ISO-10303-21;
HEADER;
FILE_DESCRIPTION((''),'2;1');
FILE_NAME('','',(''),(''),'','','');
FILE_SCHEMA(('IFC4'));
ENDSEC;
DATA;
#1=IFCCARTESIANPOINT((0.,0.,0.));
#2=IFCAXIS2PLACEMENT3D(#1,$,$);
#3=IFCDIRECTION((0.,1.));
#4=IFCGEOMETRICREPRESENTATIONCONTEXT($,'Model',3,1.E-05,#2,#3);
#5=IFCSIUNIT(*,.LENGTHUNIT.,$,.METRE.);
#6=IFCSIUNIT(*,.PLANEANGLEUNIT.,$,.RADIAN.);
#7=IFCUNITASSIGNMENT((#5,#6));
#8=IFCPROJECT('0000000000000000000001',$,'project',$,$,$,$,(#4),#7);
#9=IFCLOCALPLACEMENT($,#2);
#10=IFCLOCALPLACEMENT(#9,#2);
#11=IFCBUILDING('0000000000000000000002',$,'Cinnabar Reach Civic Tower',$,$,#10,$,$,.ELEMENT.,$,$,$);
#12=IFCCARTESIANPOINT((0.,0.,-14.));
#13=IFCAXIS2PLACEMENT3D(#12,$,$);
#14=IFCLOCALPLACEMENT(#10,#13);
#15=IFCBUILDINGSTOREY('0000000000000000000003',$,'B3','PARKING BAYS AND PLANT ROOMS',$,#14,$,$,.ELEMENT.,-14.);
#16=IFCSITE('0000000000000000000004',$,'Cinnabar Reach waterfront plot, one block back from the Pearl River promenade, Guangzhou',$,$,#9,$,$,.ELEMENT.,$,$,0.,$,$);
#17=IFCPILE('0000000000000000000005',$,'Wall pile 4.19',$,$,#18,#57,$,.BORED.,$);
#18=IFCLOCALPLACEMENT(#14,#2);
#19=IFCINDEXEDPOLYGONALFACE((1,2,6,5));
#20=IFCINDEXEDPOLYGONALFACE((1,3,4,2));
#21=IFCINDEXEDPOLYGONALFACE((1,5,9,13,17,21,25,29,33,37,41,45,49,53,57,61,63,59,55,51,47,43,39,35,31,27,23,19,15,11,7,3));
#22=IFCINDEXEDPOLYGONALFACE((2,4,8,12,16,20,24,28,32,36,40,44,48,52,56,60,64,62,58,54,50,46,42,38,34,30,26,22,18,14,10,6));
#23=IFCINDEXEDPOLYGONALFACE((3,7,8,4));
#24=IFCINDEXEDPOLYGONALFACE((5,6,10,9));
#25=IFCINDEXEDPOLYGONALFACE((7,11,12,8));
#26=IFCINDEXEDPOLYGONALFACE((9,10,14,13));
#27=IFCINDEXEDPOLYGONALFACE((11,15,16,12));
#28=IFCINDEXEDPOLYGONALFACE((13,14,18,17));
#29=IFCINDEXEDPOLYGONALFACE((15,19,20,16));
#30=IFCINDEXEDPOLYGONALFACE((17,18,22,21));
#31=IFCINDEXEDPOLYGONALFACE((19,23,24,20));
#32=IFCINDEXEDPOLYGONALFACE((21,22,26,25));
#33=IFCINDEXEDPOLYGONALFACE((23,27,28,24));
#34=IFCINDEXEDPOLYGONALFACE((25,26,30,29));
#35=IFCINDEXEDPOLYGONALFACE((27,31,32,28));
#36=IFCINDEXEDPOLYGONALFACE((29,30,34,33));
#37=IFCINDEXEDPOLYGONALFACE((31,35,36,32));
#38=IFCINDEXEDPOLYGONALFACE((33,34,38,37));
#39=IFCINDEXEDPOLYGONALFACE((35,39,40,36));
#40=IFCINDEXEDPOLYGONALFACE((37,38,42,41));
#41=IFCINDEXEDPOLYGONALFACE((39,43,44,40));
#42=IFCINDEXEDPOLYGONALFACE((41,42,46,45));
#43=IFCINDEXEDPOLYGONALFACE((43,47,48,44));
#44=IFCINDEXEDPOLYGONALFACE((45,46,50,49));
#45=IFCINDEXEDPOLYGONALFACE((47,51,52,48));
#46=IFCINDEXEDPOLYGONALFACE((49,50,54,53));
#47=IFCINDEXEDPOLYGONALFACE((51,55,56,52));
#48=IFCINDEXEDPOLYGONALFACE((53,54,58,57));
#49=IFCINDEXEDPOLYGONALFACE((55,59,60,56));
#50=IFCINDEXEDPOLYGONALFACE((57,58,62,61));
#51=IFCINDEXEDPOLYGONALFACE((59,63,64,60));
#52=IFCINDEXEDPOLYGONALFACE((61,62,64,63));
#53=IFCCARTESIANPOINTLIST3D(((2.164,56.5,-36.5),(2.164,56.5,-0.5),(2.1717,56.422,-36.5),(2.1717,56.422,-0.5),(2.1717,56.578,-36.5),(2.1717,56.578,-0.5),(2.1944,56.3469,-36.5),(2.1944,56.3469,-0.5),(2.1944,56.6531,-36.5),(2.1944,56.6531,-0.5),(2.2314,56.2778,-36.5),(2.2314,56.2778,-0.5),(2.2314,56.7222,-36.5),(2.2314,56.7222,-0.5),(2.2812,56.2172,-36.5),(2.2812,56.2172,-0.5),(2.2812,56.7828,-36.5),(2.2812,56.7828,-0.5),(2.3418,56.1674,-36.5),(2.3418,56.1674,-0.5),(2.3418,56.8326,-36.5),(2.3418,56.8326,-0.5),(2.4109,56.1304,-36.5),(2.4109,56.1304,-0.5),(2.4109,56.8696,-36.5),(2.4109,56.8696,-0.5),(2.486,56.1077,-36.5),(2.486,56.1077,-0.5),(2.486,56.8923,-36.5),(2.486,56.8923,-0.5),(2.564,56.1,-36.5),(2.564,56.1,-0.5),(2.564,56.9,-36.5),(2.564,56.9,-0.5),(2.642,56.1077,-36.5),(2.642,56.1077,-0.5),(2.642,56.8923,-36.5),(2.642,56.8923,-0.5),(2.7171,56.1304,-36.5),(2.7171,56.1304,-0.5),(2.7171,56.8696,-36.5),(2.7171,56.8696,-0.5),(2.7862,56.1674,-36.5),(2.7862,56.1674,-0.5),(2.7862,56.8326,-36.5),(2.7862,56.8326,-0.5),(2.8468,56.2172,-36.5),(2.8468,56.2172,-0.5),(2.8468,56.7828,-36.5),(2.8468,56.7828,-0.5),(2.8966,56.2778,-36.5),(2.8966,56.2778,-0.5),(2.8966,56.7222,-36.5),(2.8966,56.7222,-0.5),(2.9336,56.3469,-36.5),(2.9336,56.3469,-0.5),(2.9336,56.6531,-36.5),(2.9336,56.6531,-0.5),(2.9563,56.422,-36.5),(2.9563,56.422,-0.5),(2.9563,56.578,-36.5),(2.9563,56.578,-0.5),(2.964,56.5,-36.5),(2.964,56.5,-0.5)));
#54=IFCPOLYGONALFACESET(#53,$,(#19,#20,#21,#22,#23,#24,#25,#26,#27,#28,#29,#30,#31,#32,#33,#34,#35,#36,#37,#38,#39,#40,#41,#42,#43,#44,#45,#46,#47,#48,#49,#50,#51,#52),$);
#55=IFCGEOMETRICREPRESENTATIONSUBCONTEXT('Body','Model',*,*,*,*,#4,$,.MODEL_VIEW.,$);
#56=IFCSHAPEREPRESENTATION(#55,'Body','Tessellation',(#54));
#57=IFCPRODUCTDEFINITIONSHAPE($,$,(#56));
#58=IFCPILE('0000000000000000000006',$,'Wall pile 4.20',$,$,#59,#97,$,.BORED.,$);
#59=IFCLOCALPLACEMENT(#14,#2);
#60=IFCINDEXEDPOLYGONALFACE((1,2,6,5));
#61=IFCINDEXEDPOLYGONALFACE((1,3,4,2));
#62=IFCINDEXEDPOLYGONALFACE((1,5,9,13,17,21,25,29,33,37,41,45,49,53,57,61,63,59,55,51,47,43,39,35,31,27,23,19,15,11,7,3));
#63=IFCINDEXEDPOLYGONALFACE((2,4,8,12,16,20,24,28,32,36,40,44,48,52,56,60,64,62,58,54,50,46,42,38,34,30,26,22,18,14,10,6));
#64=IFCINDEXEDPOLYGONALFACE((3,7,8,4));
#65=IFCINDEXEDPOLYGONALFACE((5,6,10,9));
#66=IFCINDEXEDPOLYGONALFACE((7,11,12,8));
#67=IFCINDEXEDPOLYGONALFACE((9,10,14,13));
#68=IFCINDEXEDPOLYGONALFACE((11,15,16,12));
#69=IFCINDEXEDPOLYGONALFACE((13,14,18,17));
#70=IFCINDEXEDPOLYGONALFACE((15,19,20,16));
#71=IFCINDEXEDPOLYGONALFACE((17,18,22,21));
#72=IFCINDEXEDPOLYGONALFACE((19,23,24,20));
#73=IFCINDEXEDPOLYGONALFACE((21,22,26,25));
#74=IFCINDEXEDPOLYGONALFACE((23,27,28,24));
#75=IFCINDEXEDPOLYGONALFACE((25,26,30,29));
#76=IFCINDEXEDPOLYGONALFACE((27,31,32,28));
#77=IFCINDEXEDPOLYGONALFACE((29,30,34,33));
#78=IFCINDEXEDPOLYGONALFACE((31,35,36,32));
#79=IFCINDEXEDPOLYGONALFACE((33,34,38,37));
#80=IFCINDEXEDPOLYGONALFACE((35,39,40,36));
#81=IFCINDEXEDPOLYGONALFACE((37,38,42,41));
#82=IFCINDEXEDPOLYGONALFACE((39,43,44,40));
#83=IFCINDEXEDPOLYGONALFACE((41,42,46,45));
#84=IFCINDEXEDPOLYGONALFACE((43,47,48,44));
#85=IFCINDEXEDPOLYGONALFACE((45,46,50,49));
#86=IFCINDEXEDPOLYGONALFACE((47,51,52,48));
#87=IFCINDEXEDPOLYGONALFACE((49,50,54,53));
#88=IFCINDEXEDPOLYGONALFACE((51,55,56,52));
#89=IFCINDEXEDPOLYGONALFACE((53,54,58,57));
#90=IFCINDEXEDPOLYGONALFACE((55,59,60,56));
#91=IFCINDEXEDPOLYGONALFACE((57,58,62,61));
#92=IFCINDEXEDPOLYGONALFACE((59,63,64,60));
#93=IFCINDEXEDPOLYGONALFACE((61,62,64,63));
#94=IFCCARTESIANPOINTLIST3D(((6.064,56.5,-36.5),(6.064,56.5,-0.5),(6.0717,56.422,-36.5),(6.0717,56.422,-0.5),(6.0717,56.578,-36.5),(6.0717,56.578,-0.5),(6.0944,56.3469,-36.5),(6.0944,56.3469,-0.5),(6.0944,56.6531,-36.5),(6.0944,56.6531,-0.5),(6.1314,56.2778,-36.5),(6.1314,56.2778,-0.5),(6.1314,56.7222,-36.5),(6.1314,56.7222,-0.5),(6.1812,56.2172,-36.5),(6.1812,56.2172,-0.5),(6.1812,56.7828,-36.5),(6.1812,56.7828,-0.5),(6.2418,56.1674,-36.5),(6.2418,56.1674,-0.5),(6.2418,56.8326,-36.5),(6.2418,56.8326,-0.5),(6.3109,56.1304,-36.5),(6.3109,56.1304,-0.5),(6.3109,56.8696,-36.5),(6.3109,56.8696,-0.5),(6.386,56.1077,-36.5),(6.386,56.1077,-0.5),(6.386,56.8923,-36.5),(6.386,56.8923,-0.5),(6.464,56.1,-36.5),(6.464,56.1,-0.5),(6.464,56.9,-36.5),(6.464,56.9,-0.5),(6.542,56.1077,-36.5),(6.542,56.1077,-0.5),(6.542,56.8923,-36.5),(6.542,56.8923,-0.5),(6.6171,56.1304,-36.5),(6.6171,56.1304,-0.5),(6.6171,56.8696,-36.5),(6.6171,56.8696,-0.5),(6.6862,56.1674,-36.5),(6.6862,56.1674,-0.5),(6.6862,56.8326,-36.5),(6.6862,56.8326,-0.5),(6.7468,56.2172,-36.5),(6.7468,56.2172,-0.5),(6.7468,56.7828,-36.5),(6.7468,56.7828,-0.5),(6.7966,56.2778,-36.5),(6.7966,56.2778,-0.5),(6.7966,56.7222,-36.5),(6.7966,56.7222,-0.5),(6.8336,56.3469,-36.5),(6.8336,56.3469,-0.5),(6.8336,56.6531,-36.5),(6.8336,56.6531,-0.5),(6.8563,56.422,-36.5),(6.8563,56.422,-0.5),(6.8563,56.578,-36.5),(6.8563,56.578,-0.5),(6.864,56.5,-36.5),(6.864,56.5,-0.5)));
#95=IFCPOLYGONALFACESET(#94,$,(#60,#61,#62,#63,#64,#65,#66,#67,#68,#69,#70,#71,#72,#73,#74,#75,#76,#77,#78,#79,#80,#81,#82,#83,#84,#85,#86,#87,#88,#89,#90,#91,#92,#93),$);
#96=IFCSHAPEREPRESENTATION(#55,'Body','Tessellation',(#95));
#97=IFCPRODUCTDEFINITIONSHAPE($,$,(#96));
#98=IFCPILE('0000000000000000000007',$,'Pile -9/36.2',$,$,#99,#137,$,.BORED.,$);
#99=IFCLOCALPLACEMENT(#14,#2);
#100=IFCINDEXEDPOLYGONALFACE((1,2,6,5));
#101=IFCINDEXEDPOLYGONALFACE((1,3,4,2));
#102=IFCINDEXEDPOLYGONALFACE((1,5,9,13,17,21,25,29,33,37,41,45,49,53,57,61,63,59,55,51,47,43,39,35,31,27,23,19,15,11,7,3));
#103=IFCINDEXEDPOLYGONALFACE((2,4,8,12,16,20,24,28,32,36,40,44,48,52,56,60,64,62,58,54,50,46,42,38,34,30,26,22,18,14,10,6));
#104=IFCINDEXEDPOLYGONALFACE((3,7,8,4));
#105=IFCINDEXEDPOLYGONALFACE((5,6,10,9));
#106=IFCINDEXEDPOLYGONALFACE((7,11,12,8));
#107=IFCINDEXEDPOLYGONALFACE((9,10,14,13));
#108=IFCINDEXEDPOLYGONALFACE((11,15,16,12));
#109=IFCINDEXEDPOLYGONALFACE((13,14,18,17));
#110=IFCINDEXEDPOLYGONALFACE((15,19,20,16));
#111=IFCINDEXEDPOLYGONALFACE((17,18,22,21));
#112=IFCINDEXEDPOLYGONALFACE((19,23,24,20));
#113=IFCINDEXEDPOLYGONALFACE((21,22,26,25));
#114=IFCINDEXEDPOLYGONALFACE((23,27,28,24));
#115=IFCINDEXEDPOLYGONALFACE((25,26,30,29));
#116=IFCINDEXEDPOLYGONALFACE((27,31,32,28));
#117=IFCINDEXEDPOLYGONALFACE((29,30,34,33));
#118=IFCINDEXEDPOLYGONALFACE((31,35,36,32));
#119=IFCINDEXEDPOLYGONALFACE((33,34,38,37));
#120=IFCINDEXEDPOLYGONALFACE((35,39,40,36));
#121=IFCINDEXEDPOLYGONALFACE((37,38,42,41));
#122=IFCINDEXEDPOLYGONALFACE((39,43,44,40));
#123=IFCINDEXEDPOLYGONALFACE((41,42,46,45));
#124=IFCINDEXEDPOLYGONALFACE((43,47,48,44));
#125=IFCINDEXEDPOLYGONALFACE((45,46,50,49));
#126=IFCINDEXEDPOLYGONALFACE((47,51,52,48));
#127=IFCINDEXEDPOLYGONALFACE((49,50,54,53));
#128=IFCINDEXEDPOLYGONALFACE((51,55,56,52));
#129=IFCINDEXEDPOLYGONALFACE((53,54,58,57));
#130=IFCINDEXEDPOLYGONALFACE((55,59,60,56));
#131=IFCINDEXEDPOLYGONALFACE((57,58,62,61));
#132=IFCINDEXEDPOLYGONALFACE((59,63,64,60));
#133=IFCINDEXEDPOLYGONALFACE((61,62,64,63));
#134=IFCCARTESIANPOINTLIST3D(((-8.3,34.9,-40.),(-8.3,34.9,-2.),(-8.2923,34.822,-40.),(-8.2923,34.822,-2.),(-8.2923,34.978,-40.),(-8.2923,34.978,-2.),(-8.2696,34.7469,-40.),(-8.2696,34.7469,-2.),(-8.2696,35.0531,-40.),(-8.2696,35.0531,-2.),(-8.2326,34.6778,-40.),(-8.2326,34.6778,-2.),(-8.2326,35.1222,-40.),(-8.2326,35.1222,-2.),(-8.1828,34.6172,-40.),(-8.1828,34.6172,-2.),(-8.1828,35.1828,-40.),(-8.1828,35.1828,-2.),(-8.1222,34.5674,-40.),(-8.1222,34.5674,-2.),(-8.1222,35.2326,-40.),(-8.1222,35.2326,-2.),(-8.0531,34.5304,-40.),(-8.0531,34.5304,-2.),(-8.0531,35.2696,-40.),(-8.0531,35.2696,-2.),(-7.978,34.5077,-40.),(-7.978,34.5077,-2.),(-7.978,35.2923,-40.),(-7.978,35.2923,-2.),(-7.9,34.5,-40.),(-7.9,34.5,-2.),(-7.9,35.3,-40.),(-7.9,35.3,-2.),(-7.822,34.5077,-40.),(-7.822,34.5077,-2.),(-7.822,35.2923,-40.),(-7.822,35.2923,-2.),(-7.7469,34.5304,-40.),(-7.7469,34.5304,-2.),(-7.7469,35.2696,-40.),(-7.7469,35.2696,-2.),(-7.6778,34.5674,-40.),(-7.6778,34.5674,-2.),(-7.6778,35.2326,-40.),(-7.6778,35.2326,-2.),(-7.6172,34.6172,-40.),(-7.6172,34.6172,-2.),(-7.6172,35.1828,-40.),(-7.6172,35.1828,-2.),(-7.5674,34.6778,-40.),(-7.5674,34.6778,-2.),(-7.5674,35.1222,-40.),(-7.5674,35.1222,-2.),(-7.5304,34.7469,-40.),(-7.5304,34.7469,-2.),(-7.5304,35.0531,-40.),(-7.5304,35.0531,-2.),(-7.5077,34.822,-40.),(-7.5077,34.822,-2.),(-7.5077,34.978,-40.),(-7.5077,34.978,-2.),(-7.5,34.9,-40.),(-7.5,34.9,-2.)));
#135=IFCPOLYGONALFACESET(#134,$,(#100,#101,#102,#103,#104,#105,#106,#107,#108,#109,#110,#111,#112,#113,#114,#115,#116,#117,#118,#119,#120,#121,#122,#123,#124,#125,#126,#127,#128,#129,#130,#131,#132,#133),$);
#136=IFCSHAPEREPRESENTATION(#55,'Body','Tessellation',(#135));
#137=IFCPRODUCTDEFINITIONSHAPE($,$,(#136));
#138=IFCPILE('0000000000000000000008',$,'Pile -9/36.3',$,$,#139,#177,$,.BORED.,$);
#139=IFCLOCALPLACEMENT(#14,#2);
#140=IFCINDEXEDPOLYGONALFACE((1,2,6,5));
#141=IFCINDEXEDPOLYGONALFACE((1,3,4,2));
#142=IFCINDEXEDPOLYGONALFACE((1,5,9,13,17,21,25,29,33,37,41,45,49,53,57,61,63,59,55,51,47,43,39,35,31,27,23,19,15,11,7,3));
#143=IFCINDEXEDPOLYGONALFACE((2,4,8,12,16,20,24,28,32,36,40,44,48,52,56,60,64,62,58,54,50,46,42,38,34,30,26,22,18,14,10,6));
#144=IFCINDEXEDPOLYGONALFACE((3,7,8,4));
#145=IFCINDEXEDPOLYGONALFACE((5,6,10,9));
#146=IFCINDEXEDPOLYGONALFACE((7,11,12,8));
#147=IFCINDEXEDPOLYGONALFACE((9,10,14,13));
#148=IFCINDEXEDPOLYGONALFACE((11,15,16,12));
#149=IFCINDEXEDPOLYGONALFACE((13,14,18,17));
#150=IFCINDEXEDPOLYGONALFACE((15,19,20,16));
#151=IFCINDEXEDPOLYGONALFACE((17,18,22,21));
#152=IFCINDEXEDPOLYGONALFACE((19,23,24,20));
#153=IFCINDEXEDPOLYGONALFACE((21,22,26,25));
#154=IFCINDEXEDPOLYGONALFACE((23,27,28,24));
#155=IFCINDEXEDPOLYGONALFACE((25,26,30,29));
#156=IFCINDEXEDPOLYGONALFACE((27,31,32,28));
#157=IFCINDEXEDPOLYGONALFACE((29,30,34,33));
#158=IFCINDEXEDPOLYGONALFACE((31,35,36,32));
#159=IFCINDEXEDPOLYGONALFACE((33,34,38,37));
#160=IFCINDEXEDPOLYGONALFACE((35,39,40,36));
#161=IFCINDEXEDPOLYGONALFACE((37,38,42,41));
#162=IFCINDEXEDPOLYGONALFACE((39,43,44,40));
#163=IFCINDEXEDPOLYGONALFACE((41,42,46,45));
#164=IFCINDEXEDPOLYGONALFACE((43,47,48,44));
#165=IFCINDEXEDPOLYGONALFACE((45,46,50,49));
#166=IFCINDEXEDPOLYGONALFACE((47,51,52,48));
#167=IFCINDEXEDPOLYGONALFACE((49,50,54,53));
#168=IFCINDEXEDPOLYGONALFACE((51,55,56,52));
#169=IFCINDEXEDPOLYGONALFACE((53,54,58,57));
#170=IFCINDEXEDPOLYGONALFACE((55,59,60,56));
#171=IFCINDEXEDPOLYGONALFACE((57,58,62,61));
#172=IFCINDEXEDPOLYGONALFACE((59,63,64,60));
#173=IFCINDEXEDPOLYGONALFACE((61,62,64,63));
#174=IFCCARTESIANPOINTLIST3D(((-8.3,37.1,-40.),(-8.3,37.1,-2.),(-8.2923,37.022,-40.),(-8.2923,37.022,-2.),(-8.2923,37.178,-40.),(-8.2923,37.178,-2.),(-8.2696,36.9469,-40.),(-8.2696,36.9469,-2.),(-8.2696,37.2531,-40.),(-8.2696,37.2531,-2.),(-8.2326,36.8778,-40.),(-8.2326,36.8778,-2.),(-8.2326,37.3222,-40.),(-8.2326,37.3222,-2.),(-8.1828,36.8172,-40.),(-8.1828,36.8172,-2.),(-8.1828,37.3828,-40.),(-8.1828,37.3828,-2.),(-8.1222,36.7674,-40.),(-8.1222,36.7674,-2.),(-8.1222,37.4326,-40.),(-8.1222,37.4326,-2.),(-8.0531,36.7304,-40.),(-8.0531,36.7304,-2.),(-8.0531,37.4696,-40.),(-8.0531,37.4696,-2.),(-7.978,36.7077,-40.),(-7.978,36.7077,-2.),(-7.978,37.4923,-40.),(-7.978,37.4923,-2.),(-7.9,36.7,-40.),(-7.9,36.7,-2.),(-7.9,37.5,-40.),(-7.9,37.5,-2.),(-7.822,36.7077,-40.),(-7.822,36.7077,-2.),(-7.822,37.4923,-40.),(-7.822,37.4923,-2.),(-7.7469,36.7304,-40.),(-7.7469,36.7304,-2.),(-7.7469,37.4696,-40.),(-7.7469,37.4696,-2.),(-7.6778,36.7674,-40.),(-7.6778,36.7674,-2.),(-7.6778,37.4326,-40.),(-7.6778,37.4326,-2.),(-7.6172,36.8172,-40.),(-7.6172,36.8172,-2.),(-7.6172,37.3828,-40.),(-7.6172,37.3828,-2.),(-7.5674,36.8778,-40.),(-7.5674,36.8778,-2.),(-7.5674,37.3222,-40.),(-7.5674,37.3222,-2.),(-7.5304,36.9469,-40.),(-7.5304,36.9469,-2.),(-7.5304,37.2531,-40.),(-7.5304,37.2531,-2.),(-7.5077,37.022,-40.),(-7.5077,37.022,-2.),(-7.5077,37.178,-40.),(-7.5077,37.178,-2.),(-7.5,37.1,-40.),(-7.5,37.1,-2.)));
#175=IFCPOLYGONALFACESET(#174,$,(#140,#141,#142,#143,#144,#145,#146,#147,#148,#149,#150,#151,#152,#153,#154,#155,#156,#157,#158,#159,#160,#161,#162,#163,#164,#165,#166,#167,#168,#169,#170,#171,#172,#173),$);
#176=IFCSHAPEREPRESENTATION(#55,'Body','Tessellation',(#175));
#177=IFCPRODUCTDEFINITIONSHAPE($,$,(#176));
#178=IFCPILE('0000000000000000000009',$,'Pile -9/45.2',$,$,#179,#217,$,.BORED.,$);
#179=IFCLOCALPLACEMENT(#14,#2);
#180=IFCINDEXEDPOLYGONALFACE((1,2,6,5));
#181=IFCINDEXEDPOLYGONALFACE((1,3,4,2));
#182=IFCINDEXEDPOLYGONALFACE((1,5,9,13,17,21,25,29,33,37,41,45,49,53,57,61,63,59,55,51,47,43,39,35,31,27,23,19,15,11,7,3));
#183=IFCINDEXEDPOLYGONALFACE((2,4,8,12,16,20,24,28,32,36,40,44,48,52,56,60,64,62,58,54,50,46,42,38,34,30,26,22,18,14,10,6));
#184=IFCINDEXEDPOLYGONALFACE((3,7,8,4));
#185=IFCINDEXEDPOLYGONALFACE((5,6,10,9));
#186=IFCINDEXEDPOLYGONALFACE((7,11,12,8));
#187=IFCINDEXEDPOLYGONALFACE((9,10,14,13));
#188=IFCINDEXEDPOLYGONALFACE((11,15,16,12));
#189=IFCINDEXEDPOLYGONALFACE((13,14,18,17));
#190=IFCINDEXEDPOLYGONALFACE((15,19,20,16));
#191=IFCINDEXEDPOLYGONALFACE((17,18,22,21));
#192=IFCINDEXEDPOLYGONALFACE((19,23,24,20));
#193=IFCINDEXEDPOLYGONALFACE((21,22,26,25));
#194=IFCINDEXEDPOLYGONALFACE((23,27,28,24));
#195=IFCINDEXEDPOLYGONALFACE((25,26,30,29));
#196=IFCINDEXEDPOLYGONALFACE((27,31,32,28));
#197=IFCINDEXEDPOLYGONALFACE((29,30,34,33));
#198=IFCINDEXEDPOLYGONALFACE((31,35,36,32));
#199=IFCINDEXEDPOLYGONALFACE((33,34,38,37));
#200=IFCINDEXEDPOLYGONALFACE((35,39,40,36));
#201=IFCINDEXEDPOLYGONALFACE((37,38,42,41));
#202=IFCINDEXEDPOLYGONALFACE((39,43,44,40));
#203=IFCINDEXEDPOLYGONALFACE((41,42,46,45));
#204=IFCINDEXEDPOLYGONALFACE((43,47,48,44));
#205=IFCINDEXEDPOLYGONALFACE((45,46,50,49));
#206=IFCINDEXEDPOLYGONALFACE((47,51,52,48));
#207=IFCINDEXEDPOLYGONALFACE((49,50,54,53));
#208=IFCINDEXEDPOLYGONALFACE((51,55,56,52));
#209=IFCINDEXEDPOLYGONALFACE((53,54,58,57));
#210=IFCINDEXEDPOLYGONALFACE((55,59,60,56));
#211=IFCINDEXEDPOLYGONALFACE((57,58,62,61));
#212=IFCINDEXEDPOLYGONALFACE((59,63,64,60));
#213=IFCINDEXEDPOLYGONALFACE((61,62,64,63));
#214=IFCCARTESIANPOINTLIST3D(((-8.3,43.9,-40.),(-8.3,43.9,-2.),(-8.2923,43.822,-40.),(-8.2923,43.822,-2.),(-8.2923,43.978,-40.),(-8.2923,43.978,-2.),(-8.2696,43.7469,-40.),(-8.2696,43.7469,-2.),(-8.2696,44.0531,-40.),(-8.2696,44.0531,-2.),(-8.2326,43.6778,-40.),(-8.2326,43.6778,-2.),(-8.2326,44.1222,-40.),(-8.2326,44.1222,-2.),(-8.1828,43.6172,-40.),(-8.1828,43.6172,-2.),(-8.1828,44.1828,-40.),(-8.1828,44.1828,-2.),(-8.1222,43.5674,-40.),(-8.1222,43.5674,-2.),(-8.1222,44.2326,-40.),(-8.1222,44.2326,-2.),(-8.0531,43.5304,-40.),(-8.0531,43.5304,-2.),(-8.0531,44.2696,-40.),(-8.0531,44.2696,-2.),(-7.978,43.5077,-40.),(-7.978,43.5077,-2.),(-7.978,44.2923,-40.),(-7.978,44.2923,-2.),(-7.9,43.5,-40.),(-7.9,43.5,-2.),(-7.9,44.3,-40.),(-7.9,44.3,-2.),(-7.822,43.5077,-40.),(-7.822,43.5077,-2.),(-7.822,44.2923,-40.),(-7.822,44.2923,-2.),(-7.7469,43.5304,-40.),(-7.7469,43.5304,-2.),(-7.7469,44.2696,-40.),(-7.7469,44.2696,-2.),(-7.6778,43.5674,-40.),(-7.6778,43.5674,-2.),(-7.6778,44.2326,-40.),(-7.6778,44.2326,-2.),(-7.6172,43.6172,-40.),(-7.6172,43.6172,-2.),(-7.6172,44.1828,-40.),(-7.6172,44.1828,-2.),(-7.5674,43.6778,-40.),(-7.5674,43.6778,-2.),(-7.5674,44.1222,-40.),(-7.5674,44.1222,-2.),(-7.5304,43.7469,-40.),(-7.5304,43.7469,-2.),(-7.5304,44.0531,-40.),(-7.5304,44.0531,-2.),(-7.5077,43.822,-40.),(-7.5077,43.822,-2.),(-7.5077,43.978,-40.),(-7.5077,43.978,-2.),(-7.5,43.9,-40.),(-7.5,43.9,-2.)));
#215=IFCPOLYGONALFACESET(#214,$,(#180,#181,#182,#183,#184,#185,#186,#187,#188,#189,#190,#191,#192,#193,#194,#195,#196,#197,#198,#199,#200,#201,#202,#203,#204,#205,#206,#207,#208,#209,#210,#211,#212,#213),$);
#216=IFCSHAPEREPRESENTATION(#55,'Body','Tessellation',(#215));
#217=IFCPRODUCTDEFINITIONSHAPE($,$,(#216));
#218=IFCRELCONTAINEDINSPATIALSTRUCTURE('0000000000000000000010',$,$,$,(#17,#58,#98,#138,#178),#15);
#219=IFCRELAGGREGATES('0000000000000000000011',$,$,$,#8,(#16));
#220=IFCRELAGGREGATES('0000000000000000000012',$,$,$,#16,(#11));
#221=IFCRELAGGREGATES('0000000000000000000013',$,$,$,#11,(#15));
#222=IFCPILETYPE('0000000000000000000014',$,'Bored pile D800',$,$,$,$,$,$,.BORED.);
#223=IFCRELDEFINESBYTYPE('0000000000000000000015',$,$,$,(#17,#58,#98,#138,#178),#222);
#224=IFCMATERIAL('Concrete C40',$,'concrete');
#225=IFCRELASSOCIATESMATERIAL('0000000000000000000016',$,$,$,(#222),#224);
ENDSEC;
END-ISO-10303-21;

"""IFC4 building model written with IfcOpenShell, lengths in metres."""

from ifc_helpers import new_model, si_unit, direction, frame, origin, origin_2d, place, context, subcontext, project, spatial, circle, extrude, material, type_object, element, save


model = new_model("IFC4")

# Units and contexts
model_context = context("Model", 3, precision=1e-05, world=origin(), true_north=direction((0.0, 1.0)))
body_context = subcontext(model_context, "Body", "Model", "MODEL_VIEW")
ifc_project = project(units=[si_unit("LENGTHUNIT", "METRE"), si_unit("PLANEANGLEUNIT", "RADIAN")], contexts=[model_context])

# Site, building, storey
site_placement = place(None, origin())
site = spatial("IfcSite", under=ifc_project, at=site_placement, Name="Cinnabar Reach waterfront plot, one block back from the Pearl River promenade, Guangzhou", CompositionType="ELEMENT", RefElevation=0.0)
building_placement = place(site_placement, origin())
building = spatial("IfcBuilding", under=site, at=building_placement, Name="Cinnabar Reach Civic Tower", CompositionType="ELEMENT")
storey_placement = place(building_placement, frame((0.0, 0.0, -14.0)))
storey = spatial("IfcBuildingStorey", under=building, at=storey_placement, Name="B3", Description="PARKING BAYS AND PLANT ROOMS", CompositionType="ELEMENT", Elevation=-14.0)

# Piles
ifc_material_1 = material(Name="Concrete C40", Category="concrete")
pile_type_1 = type_object("IfcPileType", Name="Bored pile D800", PredefinedType="BORED", material=ifc_material_1)
for number, where, z_axis, x_axis, name in (
    (1, (2.564, 56.5, -0.5), (0.0, 0.0, -1.0), (1.0, 0.0, 0.0), "Wall pile 4.19"),
    (2, (6.464, 56.5, -0.5), (0.0, 0.0, -1.0), (1.0, 0.0, 0.0), "Wall pile 4.20"),
):
    element("IfcPile", number, at=place(storey_placement, frame(where, z_axis=z_axis, x_axis=x_axis)), inside=storey, type_object=pile_type_1, Name=name, PredefinedType="BORED", context=body_context, shape_type="SweptSolid", body=[
        extrude(circle(Radius=0.4, at=origin_2d()), origin(), (0.0, 0.0, 1.0), 36.0),
    ])
for number, where, z_axis, x_axis, name in (
    (3, (-7.9, 34.9, -2.0), (0.0, 0.0, -1.0), (1.0, 0.0, 0.0), "Pile -9/36.2"),
    (4, (-7.9, 37.1, -2.0), (0.0, 0.0, -1.0), (1.0, 0.0, 0.0), "Pile -9/36.3"),
    (5, (-7.9, 43.9, -2.0), (0.0, 0.0, -1.0), (1.0, 0.0, 0.0), "Pile -9/45.2"),
):
    element("IfcPile", number, at=place(storey_placement, frame(where, z_axis=z_axis, x_axis=x_axis)), inside=storey, type_object=pile_type_1, Name=name, PredefinedType="BORED", context=body_context, shape_type="SweptSolid", body=[
        extrude(circle(Radius=0.4, at=origin_2d()), origin(), (0.0, 0.0, 1.0), 38.0),
    ])

save(model, "model.ifc")
